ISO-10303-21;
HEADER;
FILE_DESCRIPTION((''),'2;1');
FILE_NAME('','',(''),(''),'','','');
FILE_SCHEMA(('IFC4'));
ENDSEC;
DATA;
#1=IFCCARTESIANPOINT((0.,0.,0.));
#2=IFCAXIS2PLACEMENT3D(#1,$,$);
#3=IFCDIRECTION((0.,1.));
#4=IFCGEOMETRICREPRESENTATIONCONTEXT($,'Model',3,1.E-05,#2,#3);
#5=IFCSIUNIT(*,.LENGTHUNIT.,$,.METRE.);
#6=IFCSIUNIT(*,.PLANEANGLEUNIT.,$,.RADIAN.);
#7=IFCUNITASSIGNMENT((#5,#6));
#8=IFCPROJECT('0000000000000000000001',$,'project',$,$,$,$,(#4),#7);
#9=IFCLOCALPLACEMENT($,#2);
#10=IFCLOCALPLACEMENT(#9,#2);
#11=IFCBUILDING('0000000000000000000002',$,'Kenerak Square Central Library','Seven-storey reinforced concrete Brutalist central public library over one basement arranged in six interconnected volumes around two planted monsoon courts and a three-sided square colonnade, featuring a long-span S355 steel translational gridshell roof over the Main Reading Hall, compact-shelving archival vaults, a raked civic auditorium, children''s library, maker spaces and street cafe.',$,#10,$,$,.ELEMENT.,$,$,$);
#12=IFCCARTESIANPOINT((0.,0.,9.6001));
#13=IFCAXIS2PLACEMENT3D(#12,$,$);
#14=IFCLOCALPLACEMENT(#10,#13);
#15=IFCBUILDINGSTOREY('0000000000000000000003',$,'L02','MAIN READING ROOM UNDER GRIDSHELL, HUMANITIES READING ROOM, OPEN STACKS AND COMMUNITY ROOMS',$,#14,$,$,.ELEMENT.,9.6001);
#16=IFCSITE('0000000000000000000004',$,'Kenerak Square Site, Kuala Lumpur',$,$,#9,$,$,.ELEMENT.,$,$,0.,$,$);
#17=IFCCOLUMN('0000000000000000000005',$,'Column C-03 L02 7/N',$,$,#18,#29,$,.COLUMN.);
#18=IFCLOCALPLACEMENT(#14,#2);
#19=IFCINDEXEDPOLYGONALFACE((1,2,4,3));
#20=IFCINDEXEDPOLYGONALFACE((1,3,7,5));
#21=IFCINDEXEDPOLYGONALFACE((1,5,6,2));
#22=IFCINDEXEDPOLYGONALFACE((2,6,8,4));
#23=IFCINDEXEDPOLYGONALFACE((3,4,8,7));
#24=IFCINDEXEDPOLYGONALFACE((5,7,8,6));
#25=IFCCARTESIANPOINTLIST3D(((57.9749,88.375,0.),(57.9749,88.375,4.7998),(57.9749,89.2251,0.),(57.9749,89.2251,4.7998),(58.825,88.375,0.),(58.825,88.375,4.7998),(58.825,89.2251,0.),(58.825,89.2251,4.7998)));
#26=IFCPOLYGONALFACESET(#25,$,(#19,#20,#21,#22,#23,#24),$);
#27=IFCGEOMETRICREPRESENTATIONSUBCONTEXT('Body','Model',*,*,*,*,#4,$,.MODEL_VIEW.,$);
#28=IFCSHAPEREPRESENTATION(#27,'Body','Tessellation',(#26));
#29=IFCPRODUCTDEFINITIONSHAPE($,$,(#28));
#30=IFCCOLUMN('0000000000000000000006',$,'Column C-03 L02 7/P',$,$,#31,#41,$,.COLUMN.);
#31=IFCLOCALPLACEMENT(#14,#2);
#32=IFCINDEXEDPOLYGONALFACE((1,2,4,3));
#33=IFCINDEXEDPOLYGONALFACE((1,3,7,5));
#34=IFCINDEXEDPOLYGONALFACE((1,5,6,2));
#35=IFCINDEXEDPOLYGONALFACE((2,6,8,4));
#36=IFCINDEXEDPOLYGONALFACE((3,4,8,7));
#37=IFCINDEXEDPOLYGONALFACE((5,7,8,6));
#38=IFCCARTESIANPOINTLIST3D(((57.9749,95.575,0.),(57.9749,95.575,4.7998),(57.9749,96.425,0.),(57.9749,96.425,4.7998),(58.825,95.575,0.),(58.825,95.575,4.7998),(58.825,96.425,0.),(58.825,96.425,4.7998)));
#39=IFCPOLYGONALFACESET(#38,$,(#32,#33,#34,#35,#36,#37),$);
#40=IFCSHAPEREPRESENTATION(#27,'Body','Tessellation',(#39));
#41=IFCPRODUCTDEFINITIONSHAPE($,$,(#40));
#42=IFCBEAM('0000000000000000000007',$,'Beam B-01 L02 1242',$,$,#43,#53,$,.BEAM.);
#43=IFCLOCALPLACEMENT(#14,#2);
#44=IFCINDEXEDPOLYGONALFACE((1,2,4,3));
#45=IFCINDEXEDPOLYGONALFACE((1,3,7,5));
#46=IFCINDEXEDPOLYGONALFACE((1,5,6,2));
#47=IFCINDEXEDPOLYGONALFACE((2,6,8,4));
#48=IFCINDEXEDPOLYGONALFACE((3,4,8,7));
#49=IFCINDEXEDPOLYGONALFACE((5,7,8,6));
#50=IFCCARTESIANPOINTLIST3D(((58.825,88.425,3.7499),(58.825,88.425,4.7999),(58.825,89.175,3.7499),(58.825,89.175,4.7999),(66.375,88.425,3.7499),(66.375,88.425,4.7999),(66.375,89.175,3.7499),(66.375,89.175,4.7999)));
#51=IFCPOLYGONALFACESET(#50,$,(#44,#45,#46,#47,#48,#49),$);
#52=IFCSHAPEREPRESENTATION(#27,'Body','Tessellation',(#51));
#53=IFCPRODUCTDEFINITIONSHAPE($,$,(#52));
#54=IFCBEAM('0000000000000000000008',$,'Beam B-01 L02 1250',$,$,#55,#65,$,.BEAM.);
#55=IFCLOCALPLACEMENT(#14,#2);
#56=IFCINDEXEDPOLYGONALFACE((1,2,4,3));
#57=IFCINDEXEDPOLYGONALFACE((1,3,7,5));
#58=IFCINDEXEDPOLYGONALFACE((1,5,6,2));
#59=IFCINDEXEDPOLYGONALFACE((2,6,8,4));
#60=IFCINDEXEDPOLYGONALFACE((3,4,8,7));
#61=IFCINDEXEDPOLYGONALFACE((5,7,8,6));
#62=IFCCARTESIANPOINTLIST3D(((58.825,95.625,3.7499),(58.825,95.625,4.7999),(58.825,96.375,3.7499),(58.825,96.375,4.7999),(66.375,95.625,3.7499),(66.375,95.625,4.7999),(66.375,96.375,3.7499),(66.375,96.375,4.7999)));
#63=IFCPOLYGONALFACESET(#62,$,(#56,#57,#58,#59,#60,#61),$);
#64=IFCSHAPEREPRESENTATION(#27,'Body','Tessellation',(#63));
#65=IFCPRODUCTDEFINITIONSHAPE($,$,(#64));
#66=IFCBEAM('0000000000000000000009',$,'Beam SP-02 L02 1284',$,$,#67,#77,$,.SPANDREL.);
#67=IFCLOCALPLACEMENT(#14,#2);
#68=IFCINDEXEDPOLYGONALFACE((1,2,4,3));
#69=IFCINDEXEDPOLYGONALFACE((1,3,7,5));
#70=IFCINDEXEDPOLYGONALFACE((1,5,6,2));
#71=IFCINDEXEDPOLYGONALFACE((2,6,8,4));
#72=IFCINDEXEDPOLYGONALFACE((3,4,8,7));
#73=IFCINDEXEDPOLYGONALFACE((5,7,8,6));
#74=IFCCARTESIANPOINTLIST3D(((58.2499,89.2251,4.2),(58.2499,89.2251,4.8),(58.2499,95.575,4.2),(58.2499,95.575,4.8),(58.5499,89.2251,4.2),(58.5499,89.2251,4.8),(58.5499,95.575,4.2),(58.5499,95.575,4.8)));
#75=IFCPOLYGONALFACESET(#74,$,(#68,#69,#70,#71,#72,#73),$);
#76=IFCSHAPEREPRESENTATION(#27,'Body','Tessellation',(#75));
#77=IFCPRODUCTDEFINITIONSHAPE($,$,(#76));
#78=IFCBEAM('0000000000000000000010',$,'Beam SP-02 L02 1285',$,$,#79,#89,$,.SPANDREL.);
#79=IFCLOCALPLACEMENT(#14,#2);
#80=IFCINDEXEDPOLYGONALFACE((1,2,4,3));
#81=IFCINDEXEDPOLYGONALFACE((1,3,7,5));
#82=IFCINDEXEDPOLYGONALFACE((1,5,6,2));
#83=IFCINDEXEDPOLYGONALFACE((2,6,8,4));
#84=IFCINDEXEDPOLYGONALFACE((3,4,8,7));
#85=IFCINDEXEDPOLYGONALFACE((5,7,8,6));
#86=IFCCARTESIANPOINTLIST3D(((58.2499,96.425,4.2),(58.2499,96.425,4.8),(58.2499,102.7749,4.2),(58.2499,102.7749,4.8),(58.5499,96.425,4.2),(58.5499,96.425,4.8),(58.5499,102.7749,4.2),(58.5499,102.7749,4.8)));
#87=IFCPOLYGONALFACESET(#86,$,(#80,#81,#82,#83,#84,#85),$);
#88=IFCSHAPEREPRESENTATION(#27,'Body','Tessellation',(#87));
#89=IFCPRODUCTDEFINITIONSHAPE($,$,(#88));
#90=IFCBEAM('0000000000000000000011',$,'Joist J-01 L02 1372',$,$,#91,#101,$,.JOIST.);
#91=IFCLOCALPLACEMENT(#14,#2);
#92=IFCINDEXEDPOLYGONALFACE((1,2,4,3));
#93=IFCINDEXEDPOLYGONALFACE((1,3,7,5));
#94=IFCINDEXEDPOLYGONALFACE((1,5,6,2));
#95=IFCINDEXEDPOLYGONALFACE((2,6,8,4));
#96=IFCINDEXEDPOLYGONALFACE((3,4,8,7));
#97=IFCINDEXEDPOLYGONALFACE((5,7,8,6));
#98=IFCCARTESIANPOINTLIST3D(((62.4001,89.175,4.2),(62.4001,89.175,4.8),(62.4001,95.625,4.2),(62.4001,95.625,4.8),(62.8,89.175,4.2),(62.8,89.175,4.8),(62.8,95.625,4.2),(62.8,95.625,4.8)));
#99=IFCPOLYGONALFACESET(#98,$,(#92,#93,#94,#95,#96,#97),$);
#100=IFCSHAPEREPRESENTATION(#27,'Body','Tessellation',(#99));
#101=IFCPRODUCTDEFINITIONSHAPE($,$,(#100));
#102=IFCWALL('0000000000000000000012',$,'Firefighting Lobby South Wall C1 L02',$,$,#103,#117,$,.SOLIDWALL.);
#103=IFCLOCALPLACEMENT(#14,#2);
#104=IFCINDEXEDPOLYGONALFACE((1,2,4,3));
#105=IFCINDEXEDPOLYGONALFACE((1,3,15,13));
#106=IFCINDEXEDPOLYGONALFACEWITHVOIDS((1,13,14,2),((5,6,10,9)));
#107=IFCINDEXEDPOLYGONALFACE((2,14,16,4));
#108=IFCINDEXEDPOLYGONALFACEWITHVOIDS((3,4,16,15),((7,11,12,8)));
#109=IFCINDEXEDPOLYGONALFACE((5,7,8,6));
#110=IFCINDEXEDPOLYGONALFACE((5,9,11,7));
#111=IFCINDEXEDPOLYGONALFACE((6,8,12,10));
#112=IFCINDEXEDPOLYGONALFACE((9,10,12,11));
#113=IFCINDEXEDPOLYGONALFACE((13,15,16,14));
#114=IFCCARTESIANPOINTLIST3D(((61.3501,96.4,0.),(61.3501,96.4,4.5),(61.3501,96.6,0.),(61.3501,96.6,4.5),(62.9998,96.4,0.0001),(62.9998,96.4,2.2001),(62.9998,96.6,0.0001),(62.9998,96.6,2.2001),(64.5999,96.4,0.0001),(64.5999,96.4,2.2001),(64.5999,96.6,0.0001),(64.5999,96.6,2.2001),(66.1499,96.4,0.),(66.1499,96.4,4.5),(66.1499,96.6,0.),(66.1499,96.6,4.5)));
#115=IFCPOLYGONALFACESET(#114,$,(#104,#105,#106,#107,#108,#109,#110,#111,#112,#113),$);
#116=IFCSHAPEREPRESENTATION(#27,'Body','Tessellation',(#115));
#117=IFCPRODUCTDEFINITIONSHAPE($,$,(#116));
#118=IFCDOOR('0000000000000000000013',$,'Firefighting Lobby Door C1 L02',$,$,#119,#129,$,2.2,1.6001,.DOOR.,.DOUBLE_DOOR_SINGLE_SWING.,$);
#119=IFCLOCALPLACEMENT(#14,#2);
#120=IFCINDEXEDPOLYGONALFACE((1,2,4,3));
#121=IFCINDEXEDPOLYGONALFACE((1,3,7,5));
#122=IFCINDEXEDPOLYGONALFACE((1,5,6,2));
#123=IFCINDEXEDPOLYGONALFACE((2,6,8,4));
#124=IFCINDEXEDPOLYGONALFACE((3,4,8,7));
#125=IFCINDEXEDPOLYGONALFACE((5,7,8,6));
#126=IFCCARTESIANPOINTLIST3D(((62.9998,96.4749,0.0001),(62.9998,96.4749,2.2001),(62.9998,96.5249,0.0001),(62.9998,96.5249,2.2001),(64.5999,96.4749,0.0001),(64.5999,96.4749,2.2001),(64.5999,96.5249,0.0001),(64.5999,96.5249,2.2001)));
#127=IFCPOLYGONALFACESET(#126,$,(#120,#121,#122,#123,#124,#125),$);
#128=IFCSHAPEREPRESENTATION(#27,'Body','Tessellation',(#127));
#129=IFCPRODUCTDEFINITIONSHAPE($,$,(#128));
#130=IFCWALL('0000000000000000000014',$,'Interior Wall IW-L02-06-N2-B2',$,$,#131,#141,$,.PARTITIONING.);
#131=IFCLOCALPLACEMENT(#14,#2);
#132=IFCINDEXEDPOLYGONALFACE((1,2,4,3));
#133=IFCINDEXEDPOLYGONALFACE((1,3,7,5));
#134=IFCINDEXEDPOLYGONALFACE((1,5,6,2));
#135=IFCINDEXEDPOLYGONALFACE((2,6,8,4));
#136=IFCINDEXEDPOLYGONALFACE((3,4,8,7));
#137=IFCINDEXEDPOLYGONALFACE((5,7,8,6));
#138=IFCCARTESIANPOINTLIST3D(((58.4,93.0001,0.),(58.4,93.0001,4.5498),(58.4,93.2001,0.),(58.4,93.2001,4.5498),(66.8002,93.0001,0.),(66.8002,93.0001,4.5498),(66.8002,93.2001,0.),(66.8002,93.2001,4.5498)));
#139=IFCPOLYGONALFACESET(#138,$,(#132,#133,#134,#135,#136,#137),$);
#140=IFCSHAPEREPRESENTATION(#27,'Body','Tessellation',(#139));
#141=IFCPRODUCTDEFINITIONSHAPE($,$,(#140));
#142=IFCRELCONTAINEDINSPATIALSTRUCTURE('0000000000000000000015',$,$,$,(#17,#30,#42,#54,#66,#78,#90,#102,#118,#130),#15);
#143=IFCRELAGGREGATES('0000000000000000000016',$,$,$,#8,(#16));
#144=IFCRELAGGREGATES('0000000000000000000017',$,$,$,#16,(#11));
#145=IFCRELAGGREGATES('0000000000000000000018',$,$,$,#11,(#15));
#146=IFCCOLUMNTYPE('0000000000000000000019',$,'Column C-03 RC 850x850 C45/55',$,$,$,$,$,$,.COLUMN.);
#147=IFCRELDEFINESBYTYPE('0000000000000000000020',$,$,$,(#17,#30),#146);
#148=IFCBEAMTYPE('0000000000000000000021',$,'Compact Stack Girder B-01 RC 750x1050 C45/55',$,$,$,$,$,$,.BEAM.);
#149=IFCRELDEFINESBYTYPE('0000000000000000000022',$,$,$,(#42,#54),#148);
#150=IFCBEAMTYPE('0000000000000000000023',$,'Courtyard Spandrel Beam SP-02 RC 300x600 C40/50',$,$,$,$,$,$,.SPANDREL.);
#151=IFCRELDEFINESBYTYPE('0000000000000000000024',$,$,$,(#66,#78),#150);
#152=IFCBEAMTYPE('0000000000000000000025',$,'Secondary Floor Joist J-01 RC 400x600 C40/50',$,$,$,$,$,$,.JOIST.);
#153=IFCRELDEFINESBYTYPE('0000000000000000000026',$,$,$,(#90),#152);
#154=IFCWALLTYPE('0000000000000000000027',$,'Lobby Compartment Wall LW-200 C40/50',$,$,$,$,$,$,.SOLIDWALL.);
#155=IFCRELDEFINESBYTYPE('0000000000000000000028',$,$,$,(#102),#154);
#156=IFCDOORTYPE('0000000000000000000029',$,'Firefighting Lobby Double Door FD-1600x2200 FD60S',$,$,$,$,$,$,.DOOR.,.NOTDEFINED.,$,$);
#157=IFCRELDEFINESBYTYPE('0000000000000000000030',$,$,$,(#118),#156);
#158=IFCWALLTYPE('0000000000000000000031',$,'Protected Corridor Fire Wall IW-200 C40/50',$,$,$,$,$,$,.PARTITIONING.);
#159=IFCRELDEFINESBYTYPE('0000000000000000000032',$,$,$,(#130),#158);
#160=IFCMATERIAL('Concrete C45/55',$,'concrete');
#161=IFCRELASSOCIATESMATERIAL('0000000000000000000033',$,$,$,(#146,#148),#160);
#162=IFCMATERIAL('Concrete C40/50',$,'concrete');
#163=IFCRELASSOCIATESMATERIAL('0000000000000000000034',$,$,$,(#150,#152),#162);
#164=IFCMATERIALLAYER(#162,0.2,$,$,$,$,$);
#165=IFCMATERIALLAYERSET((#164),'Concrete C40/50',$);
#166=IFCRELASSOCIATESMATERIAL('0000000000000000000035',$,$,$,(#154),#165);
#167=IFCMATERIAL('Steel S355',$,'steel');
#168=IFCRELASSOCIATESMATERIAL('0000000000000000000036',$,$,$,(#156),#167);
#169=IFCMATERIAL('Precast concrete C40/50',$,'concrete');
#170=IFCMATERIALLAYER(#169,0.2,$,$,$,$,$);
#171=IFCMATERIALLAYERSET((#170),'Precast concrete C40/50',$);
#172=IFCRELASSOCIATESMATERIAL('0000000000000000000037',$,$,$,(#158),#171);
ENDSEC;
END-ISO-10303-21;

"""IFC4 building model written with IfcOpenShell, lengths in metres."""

from ifc_helpers import new_model, si_unit, direction, frame, frame_2d, origin, origin_2d, place, context, subcontext, project, spatial, rectangle, extrude, material, layer, layer_set, material_profile, profile_set, type_object, element, fill, save


model = new_model("IFC4")

# Units and contexts
model_context = context("Model", 3, precision=1e-05, world=origin(), true_north=direction((0.0, 1.0)))
body_context = subcontext(model_context, "Body", "Model", "MODEL_VIEW")
ifc_project = project(units=[si_unit("LENGTHUNIT", "METRE"), si_unit("PLANEANGLEUNIT", "RADIAN")], contexts=[model_context])

# Site, building, storey
site_placement = place(None, origin())
site = spatial("IfcSite", under=ifc_project, at=site_placement, Name="Kenerak Square Site, Kuala Lumpur", CompositionType="ELEMENT", RefElevation=0.0)
building_placement = place(site_placement, origin())
building = spatial("IfcBuilding", under=site, at=building_placement, Name="Kenerak Square Central Library", Description="Seven-storey reinforced concrete Brutalist central public library over one basement arranged in six interconnected volumes around two planted monsoon courts and a three-sided square colonnade, featuring a long-span S355 steel translational gridshell roof over the Main Reading Hall, compact-shelving archival vaults, a raked civic auditorium, children's library, maker spaces and street cafe.", CompositionType="ELEMENT")
storey_placement = place(building_placement, frame((0.0, 0.0, 9.6001)))
storey = spatial("IfcBuildingStorey", under=building, at=storey_placement, Name="L02", Description="MAIN READING ROOM UNDER GRIDSHELL, HUMANITIES READING ROOM, OPEN STACKS AND COMMUNITY ROOMS", CompositionType="ELEMENT", Elevation=9.6001)

# Columns
ifc_material_1 = material(Name="Concrete C45/55", Category="concrete")
ifc_material_profile_1 = material_profile(ifc_material_1, rectangle(XDim=0.8501, YDim=0.8501, at=origin_2d()), Name="RC 850x850")
ifc_profile_set_1 = profile_set([ifc_material_profile_1], Name="Concrete C45/55")
column_type = type_object("IfcColumnType", Name="Column C-03 RC 850x850 C45/55", PredefinedType="COLUMN", material=ifc_profile_set_1)
for number, where, z_axis, x_axis, name in (
    (1, (58.3999, 88.8, 0.0), (0.0, 0.0, 1.0), (1.0, 0.0, 0.0), "Column C-03 L02 7/N"),
    (2, (58.3999, 96.0, 0.0), (0.0, 0.0, 1.0), (1.0, 0.0, 0.0), "Column C-03 L02 7/P"),
):
    element("IfcColumn", number, at=place(storey_placement, frame(where, z_axis=z_axis, x_axis=x_axis)), inside=storey, type_object=column_type, Name=name, PredefinedType="COLUMN", context=body_context, shape_type="SweptSolid", body=[
        extrude(rectangle(XDim=0.8501, YDim=0.8501, at=origin_2d()), origin(), (0.0, 0.0, 1.0), 4.7998),
    ])

# Beams
ifc_material_profile_2 = material_profile(ifc_material_1, rectangle(XDim=0.75, YDim=1.05, at=origin_2d()), Name="RC 750x1050")
ifc_profile_set_2 = profile_set([ifc_material_profile_2], Name="Concrete C45/55")
beam_type_1 = type_object("IfcBeamType", Name="Compact Stack Girder B-01 RC 750x1050 C45/55", PredefinedType="BEAM", material=ifc_profile_set_2)
for number, where, z_axis, x_axis, name in (
    (3, (58.825, 88.8, 4.2749), (1.0, 0.0, 0.0), (0.0, 1.0, 0.0), "Beam B-01 L02 1242"),
    (4, (58.825, 96.0, 4.2749), (1.0, 0.0, 0.0), (0.0, 1.0, 0.0), "Beam B-01 L02 1250"),
):
    element("IfcBeam", number, at=place(storey_placement, frame(where, z_axis=z_axis, x_axis=x_axis)), inside=storey, type_object=beam_type_1, Name=name, PredefinedType="BEAM", context=body_context, shape_type="SweptSolid", body=[
        extrude(rectangle(XDim=0.75, YDim=1.05, at=origin_2d()), origin(), (0.0, 0.0, 1.0), 7.55),
    ])
ifc_material_2 = material(Name="Concrete C40/50", Category="concrete")
ifc_material_profile_3 = material_profile(ifc_material_2, rectangle(XDim=0.3, YDim=0.6001, at=origin_2d()), Name="RC 300x600")
ifc_profile_set_3 = profile_set([ifc_material_profile_3], Name="Concrete C40/50")
beam_type_2 = type_object("IfcBeamType", Name="Courtyard Spandrel Beam SP-02 RC 300x600 C40/50", PredefinedType="SPANDREL", material=ifc_profile_set_3)
for number, where, z_axis, x_axis, name in (
    (5, (58.3999, 89.2251, 4.5), (0.0, 1.0, 0.0), (-1.0, 0.0, 0.0), "Beam SP-02 L02 1284"),
    (6, (58.3999, 96.425, 4.5), (0.0, 1.0, 0.0), (-1.0, 0.0, 0.0), "Beam SP-02 L02 1285"),
):
    element("IfcBeam", number, at=place(storey_placement, frame(where, z_axis=z_axis, x_axis=x_axis)), inside=storey, type_object=beam_type_2, Name=name, PredefinedType="SPANDREL", context=body_context, shape_type="SweptSolid", body=[
        extrude(rectangle(XDim=0.3, YDim=0.6001, at=origin_2d()), origin(), (0.0, 0.0, 1.0), 6.3499),
    ])
ifc_material_profile_4 = material_profile(ifc_material_2, rectangle(XDim=0.3999, YDim=0.6001, at=origin_2d()), Name="RC 400x600")
ifc_profile_set_4 = profile_set([ifc_material_profile_4], Name="Concrete C40/50")
beam_type_3 = type_object("IfcBeamType", Name="Secondary Floor Joist J-01 RC 400x600 C40/50", PredefinedType="JOIST", material=ifc_profile_set_4)
beam_placement = place(storey_placement, frame((62.6001, 89.175, 4.5), z_axis=(0.0, 1.0, 0.0), x_axis=(-1.0, 0.0, 0.0)))
element("IfcBeam", 7, at=beam_placement, inside=storey, type_object=beam_type_3, Name="Joist J-01 L02 1372", PredefinedType="JOIST", context=body_context, shape_type="SweptSolid", body=[
    extrude(rectangle(XDim=0.3999, YDim=0.6001, at=origin_2d()), origin(), (0.0, 0.0, 1.0), 6.45),
])

# Wall, opening, door
ifc_layer_1 = layer(ifc_material_2, 0.2)
ifc_layer_set_1 = layer_set([ifc_layer_1], Name="Concrete C40/50")
wall_type_1 = type_object("IfcWallType", Name="Lobby Compartment Wall LW-200 C40/50", PredefinedType="SOLIDWALL", material=ifc_layer_set_1)
wall_1_placement = place(storey_placement, frame((66.1499, 96.5, 0.0), z_axis=(0.0, 0.0, 1.0), x_axis=(-1.0, 0.0, 0.0)))
wall_1 = element("IfcWall", 8, at=wall_1_placement, inside=storey, type_object=wall_type_1, Name="Firefighting Lobby South Wall C1 L02", PredefinedType="SOLIDWALL", context=body_context, shape_type="SweptSolid", body=[
    extrude(rectangle(XDim=4.7998, YDim=0.2, at=frame_2d((2.3999, 0.0))), origin(), (0.0, 0.0, 1.0), 4.5),
])
opening_1_placement = place(wall_1_placement, frame((1.55, 0.0, 0.0)))
opening_1 = element("IfcOpeningElement", 9, at=opening_1_placement, cuts=wall_1, PredefinedType="OPENING", context=body_context, shape_type="SweptSolid", body=[
    extrude(rectangle(XDim=1.6001, YDim=2.2, at=frame_2d((0.8, 1.1001))), frame((0.0, 0.1099, 0.0), z_axis=(0.0, -1.0, 0.0), x_axis=(1.0, 0.0, 0.0)), (0.0, 0.0, 1.0), 0.22),
])
ifc_material_3 = material(Name="Steel S355", Category="steel")
door_type = type_object("IfcDoorType", Name="Firefighting Lobby Double Door FD-1600x2200 FD60S", OperationType="NOTDEFINED", PredefinedType="DOOR", material=ifc_material_3)
door_placement = place(opening_1_placement, frame((1.6001, 0.0, 0.0), z_axis=(0.0, 0.0, 1.0), x_axis=(-1.0, 0.0, 0.0)))
door = element("IfcDoor", 10, at=door_placement, inside=storey, type_object=door_type, Name="Firefighting Lobby Door C1 L02", OperationType="DOUBLE_DOOR_SINGLE_SWING", OverallHeight=2.2, OverallWidth=1.6001, PredefinedType="DOOR", context=body_context, shape_type="SweptSolid", body=[
    extrude(rectangle(XDim=1.6001, YDim=2.2, at=frame_2d((0.8, 1.1001))), frame((0.0, 0.0249, 0.0), z_axis=(0.0, -1.0, 0.0), x_axis=(1.0, 0.0, 0.0)), (0.0, 0.0, 1.0), 0.05),
])
fill(opening_1, door)

# Wall
ifc_material_4 = material(Name="Precast concrete C40/50", Category="concrete")
ifc_layer_2 = layer(ifc_material_4, 0.2)
ifc_layer_set_2 = layer_set([ifc_layer_2], Name="Precast concrete C40/50")
wall_type_2 = type_object("IfcWallType", Name="Protected Corridor Fire Wall IW-200 C40/50", PredefinedType="PARTITIONING", material=ifc_layer_set_2)
wall_2_placement = place(storey_placement, frame((58.3999, 93.1001, 0.0), z_axis=(0.0, 0.0, 1.0), x_axis=(1.0, 0.0, 0.0)))
element("IfcWall", 11, at=wall_2_placement, inside=storey, type_object=wall_type_2, Name="Interior Wall IW-L02-06-N2-B2", PredefinedType="PARTITIONING", context=body_context, shape_type="SweptSolid", body=[
    extrude(rectangle(XDim=8.4001, YDim=0.2, at=frame_2d((4.2002, 0.0))), origin(), (0.0, 0.0, 1.0), 4.5498),
])

save(model, "model.ifc")
